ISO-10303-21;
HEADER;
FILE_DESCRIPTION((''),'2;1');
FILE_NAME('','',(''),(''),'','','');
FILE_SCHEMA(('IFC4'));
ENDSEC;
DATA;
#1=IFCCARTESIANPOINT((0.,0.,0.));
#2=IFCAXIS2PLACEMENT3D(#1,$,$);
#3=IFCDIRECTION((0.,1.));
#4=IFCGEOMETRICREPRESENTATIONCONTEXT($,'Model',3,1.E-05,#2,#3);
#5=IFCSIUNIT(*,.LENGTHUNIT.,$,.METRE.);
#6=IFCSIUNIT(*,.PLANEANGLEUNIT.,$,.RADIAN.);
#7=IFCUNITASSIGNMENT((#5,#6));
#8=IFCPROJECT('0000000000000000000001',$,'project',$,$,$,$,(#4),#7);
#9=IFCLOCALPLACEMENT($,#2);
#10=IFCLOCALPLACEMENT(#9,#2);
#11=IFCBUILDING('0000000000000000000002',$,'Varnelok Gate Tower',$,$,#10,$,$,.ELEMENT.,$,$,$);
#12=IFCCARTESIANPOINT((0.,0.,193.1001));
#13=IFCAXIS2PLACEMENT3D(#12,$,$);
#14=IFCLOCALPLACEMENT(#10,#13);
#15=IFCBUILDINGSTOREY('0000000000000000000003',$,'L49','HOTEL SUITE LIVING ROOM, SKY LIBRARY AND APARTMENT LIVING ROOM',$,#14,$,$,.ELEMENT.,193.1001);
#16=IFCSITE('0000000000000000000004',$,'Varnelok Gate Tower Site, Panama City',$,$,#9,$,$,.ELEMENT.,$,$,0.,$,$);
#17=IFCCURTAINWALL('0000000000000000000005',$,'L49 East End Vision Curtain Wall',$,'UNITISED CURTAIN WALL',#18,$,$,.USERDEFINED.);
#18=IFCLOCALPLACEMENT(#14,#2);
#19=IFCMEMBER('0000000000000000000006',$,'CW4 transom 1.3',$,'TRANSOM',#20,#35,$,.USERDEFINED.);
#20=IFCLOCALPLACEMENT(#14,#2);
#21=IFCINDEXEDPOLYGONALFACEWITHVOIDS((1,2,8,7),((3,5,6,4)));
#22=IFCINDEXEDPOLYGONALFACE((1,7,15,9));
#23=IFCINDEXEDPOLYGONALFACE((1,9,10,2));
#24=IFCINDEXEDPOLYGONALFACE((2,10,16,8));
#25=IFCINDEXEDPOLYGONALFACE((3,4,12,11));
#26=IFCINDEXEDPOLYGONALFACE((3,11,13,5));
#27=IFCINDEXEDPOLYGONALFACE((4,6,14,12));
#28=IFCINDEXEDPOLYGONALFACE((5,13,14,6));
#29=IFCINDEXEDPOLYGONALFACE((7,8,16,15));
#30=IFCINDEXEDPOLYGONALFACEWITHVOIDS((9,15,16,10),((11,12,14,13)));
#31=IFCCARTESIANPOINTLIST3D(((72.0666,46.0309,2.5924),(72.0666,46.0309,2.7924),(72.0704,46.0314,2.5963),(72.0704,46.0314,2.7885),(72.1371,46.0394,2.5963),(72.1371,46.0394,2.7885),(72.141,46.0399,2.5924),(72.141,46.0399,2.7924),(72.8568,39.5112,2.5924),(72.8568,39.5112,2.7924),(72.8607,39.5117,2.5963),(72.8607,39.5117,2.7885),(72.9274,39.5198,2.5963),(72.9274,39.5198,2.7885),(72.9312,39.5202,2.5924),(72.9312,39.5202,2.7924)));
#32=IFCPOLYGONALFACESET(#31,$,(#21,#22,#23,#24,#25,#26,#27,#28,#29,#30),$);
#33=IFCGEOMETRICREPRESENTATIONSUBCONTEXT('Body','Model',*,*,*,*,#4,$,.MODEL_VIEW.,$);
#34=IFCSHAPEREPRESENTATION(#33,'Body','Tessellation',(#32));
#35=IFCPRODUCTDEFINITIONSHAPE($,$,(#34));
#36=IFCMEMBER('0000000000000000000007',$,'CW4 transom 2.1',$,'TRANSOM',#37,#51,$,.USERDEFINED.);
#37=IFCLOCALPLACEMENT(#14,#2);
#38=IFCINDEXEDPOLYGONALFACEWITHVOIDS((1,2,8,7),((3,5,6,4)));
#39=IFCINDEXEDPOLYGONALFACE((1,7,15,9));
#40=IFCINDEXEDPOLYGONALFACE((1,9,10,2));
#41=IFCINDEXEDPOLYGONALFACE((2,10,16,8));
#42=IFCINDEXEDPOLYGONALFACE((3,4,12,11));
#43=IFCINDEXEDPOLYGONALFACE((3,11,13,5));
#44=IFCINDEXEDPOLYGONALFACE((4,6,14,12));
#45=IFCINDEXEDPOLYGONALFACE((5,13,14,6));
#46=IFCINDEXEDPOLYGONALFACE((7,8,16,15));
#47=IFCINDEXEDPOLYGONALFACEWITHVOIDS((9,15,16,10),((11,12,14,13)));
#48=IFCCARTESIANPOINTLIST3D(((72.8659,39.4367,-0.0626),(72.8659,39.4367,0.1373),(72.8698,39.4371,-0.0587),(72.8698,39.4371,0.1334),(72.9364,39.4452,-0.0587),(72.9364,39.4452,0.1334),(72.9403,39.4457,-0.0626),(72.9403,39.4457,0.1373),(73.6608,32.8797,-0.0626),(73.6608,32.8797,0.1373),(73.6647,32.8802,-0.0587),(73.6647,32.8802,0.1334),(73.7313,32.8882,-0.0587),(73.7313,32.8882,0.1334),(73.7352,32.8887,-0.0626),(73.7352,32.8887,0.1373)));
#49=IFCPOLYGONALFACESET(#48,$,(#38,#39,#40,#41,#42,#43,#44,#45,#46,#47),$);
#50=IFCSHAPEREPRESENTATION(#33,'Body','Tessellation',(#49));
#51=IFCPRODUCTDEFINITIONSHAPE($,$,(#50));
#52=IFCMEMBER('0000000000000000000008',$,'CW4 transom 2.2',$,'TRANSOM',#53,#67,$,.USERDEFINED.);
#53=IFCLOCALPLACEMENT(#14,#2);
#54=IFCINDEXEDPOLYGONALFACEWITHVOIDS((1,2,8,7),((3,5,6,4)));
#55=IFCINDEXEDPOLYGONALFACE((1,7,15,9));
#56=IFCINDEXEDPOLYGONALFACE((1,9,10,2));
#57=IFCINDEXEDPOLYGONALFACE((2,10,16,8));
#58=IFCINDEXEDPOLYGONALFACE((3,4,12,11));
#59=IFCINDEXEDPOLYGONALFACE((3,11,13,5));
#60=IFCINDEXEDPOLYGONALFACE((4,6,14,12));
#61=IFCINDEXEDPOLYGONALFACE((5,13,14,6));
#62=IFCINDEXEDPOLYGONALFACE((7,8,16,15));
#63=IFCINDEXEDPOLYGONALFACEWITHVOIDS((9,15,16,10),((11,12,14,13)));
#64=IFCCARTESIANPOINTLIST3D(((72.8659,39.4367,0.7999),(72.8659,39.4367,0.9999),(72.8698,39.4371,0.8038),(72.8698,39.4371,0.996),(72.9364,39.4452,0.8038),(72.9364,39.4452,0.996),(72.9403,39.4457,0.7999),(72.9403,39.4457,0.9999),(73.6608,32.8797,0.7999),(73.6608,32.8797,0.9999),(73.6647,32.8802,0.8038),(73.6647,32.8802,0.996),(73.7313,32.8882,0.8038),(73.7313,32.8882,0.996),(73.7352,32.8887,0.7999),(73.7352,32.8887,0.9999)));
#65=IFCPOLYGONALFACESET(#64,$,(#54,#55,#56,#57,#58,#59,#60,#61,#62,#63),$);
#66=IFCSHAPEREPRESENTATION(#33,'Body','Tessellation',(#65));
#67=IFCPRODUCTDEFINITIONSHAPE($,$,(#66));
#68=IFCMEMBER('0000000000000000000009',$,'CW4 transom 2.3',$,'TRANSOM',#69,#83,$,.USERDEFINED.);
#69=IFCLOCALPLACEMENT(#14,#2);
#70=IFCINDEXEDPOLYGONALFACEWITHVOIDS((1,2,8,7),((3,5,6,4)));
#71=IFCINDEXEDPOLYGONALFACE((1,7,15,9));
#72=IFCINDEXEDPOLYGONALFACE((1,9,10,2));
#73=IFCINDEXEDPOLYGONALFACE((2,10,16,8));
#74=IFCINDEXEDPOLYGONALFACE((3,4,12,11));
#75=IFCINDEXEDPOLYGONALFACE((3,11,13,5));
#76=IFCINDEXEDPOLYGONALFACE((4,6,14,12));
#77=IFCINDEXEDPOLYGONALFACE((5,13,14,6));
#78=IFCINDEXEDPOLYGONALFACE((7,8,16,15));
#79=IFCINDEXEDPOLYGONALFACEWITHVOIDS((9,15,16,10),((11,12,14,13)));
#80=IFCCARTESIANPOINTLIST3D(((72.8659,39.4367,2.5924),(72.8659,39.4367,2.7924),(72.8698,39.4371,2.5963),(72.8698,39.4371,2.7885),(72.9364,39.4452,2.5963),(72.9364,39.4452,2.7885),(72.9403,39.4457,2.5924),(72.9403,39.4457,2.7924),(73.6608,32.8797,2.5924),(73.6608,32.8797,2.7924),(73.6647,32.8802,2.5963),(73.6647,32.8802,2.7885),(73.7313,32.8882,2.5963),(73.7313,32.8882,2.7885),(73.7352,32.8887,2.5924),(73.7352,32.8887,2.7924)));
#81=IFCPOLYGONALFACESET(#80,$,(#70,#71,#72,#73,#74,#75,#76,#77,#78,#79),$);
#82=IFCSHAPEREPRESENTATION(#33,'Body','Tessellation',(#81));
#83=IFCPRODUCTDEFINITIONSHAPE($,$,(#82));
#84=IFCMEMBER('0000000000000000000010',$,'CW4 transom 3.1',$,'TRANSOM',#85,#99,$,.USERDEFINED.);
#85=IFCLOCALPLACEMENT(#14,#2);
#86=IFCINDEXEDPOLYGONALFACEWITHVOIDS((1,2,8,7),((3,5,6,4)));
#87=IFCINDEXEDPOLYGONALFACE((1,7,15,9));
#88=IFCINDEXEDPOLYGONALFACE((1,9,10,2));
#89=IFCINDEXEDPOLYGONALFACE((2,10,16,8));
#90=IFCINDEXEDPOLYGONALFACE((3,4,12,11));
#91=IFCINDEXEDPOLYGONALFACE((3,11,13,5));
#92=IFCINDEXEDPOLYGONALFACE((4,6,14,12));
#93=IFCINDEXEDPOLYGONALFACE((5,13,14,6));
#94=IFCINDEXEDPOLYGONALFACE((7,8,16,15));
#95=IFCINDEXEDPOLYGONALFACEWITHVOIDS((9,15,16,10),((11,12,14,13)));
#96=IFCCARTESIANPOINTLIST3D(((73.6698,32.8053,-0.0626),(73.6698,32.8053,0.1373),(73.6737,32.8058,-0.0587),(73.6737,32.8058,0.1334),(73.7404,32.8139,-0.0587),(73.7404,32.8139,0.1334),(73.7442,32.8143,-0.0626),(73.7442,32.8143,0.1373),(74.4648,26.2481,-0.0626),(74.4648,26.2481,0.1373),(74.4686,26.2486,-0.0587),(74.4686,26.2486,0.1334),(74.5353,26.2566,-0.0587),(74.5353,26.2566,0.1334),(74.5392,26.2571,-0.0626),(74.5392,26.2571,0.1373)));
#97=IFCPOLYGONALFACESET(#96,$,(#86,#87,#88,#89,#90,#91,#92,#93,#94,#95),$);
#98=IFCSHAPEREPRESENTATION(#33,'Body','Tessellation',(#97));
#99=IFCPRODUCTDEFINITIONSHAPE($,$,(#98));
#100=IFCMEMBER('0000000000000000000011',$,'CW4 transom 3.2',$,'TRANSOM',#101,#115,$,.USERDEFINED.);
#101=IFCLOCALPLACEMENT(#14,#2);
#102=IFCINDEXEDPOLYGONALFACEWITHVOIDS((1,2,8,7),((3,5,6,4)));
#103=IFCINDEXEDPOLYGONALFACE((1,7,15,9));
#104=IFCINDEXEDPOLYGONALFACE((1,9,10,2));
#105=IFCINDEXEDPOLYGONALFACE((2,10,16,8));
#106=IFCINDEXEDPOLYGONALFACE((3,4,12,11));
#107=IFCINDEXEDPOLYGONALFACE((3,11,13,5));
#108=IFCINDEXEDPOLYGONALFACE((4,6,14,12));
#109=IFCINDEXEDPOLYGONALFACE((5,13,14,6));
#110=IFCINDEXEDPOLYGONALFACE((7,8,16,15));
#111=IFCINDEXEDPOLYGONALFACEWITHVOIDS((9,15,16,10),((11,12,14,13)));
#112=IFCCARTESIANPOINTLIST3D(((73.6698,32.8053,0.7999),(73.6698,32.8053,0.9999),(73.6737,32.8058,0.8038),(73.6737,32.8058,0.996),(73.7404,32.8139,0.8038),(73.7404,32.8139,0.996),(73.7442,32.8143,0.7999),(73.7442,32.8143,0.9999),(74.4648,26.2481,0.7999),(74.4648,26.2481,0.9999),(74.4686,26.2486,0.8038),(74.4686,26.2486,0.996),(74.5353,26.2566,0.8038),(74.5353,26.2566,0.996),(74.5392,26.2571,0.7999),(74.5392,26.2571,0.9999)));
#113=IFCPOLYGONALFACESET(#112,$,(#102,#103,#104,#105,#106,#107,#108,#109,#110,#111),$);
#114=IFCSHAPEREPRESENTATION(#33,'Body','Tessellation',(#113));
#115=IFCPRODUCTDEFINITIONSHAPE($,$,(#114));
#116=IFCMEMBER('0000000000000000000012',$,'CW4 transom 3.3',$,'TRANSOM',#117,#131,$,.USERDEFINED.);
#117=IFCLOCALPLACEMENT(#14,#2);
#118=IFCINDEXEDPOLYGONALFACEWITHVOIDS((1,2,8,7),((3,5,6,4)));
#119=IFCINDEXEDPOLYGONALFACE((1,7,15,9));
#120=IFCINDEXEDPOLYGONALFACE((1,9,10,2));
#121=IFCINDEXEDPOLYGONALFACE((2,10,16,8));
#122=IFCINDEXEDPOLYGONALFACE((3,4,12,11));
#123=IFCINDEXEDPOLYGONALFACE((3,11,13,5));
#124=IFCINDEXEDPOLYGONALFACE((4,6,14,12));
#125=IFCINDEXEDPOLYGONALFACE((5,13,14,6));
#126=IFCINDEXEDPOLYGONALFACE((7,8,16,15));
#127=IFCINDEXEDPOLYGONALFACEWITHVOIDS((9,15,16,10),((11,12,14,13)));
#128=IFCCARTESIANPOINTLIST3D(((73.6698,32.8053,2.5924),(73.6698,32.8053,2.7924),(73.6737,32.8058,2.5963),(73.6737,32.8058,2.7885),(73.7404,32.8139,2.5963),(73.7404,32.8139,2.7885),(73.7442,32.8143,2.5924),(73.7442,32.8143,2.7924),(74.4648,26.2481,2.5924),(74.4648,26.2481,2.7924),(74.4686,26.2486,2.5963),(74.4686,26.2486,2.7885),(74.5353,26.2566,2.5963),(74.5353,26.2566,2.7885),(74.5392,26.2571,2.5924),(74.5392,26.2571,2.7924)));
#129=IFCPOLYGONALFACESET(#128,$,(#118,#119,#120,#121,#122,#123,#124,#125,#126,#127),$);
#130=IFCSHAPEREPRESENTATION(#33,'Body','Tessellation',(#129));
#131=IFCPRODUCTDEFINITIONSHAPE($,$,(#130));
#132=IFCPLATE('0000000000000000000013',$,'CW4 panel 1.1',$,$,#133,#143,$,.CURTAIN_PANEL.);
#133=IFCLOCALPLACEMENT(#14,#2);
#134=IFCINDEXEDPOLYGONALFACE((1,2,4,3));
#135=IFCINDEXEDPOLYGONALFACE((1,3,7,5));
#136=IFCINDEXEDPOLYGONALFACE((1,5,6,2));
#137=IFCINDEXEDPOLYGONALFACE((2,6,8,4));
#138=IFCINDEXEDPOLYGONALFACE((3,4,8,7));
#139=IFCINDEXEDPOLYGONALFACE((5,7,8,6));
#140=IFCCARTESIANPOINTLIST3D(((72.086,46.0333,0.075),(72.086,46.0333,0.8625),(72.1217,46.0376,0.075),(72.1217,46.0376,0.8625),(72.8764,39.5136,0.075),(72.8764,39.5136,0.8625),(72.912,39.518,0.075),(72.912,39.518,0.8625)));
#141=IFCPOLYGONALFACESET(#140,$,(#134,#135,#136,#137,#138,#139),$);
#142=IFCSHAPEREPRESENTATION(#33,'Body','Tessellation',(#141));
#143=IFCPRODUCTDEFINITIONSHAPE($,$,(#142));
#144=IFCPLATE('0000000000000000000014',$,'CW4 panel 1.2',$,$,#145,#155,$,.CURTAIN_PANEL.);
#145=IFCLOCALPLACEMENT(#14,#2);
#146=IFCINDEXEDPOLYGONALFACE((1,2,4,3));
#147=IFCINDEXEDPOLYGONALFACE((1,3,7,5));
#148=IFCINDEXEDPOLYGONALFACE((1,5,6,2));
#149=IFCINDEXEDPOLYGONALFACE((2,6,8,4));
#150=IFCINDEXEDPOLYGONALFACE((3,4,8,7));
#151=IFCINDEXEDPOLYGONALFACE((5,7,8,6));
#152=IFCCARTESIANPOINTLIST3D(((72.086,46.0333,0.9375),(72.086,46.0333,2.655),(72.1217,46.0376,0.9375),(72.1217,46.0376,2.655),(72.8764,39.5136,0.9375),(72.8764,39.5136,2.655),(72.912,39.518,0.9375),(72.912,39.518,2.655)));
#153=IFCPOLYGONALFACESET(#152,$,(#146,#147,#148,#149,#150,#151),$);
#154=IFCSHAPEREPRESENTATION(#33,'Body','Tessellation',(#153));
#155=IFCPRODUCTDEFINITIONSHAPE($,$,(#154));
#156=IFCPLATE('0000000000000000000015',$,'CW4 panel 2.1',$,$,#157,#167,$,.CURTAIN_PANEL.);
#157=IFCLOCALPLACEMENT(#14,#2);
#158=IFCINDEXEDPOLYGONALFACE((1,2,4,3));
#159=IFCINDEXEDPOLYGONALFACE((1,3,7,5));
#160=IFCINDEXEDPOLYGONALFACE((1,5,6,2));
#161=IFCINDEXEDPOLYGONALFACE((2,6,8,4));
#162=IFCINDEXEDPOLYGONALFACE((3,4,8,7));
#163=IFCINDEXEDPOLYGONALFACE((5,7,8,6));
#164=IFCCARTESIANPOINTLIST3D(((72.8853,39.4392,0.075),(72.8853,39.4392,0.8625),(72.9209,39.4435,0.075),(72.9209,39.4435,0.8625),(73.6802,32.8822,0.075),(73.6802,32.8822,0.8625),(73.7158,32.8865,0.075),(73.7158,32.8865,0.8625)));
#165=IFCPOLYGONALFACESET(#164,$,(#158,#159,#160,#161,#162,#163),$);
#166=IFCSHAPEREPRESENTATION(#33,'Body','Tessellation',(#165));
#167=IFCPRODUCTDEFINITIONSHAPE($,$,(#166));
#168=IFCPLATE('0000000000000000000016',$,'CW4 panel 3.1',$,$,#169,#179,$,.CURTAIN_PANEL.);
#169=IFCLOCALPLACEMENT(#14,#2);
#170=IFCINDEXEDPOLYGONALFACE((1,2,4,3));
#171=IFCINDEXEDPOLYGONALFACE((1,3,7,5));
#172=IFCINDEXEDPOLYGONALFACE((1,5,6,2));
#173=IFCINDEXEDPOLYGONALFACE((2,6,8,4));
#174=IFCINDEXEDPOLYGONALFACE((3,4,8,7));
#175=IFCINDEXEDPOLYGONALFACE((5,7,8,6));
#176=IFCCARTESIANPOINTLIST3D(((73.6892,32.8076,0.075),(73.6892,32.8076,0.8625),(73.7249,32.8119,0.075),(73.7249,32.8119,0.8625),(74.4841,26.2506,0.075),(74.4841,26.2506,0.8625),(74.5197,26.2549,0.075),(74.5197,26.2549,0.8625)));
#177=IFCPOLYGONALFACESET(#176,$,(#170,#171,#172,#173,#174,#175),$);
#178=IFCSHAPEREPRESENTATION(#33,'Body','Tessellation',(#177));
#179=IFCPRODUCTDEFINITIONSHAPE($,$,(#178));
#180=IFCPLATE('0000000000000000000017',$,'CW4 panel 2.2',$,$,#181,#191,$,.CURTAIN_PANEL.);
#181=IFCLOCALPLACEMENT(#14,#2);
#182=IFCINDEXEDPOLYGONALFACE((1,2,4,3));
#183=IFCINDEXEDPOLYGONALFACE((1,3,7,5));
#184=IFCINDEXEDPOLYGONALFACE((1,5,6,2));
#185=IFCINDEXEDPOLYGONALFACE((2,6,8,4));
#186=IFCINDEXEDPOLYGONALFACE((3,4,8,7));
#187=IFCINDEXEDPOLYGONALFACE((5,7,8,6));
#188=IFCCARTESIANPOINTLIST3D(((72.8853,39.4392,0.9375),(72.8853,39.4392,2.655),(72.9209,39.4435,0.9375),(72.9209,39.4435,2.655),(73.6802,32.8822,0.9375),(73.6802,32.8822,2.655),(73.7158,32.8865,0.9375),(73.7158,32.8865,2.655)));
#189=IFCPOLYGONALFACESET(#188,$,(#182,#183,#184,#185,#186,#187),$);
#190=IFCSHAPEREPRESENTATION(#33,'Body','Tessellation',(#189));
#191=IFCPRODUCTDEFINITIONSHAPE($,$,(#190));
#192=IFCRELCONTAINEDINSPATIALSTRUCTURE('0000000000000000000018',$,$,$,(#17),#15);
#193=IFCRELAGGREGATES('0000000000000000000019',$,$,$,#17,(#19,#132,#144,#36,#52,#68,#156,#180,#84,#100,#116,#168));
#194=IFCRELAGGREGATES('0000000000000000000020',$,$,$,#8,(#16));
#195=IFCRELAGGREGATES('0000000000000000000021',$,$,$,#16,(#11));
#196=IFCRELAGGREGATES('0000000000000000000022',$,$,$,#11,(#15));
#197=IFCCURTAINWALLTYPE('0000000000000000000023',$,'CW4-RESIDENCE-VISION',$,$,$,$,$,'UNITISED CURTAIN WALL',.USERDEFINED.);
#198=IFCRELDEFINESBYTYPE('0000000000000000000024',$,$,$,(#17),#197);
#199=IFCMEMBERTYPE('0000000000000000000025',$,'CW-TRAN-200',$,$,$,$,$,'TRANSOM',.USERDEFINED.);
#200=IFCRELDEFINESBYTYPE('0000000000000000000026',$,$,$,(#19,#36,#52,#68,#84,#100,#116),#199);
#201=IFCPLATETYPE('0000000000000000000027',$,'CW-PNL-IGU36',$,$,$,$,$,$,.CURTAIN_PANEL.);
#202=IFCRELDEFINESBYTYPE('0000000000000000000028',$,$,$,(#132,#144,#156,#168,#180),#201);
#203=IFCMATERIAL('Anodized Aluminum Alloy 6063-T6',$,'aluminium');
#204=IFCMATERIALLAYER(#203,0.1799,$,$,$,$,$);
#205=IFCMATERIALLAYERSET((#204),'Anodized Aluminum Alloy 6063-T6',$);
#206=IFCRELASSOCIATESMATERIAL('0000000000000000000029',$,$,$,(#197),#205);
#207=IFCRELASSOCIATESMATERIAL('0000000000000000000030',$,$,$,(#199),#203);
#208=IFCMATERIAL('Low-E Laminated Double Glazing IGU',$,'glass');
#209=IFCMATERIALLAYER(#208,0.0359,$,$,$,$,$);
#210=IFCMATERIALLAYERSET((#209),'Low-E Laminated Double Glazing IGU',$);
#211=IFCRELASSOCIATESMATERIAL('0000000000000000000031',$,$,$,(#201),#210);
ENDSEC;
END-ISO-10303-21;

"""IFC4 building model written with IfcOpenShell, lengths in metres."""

from ifc_helpers import new_model, si_unit, direction, frame, origin, origin_2d, place, context, subcontext, project, spatial, rectangle, hollow_rectangle, extrude, source, transform, mapped, material, layer, layer_set, material_profile, profile_set, type_object, element, aggregate, save


model = new_model("IFC4")

# Units and contexts
model_context = context("Model", 3, precision=1e-05, world=origin(), true_north=direction((0.0, 1.0)))
body_context = subcontext(model_context, "Body", "Model", "MODEL_VIEW")
ifc_project = project(units=[si_unit("LENGTHUNIT", "METRE"), si_unit("PLANEANGLEUNIT", "RADIAN")], contexts=[model_context])

# Site, building, storey
site_placement = place(None, origin())
site = spatial("IfcSite", under=ifc_project, at=site_placement, Name="Varnelok Gate Tower Site, Panama City", CompositionType="ELEMENT", RefElevation=0.0)
building_placement = place(site_placement, origin())
building = spatial("IfcBuilding", under=site, at=building_placement, Name="Varnelok Gate Tower", CompositionType="ELEMENT")
storey_placement = place(building_placement, frame((0.0, 0.0, 193.1001)))
storey = spatial("IfcBuildingStorey", under=building, at=storey_placement, Name="L49", Description="HOTEL SUITE LIVING ROOM, SKY LIBRARY AND APARTMENT LIVING ROOM", CompositionType="ELEMENT", Elevation=193.1001)

# Curtain wall, members, plates
ifc_material_1 = material(Name="Anodized Aluminum Alloy 6063-T6", Category="aluminium")
ifc_layer_1 = layer(ifc_material_1, 0.1799)
ifc_layer_set_1 = layer_set([ifc_layer_1], Name="Anodized Aluminum Alloy 6063-T6")
curtain_wall_type = type_object("IfcCurtainWallType", Name="CW4-RESIDENCE-VISION", ElementType="UNITISED CURTAIN WALL", PredefinedType="USERDEFINED", material=ifc_layer_set_1)
curtain_wall_placement = place(storey_placement, origin())
curtain_wall = element("IfcCurtainWall", 1, at=curtain_wall_placement, inside=storey, type_object=curtain_wall_type, Name="L49 East End Vision Curtain Wall", ObjectType="UNITISED CURTAIN WALL", PredefinedType="USERDEFINED")
ifc_material_profile_1 = material_profile(ifc_material_1, hollow_rectangle(XDim=0.075, YDim=0.2, WallThickness=0.0039, at=origin_2d()), Name="ALU200X75X4")
ifc_profile_set_1 = profile_set([ifc_material_profile_1], Name="Anodized Aluminum Alloy 6063-T6")
member_type_1 = type_object("IfcMemberType", Name="CW-TRAN-200", ElementType="TRANSOM", PredefinedType="USERDEFINED", material=ifc_profile_set_1)
member_1_placement = place(storey_placement, frame((72.1038, 46.0354, 2.6924), z_axis=(0.120332, -0.992734, 0.0), x_axis=(0.992734, 0.120332, 0.0)))
member_1 = element("IfcMember", 2, at=member_1_placement, type_object=member_type_1, Name="CW4 transom 1.3", ObjectType="TRANSOM", PredefinedType="USERDEFINED", context=body_context, shape_type="SweptSolid", body=[
    extrude(hollow_rectangle(XDim=0.075, YDim=0.2, WallThickness=0.0039, at=origin_2d()), origin(), (0.0, 0.0, 1.0), 6.5674),
])
member_2_placement = place(storey_placement, frame((72.9031, 39.4412, 0.0374), z_axis=(0.120353, -0.992731, 0.0), x_axis=(0.992731, 0.120353, 0.0)))
member_2 = element("IfcMember", 3, at=member_2_placement, type_object=member_type_1, Name="CW4 transom 2.1", ObjectType="TRANSOM", PredefinedType="USERDEFINED", context=body_context, shape_type="SweptSolid", body=[
    extrude(hollow_rectangle(XDim=0.075, YDim=0.2, WallThickness=0.0039, at=origin_2d()), origin(), (0.0, 0.0, 1.0), 6.605),
])
member_3_placement = place(storey_placement, frame((72.9031, 39.4412, 0.8999), z_axis=(0.120353, -0.992731, 0.0), x_axis=(0.992731, 0.120353, 0.0)))
member_3 = element("IfcMember", 4, at=member_3_placement, type_object=member_type_1, Name="CW4 transom 2.2", ObjectType="TRANSOM", PredefinedType="USERDEFINED", context=body_context, shape_type="SweptSolid", body=[
    extrude(hollow_rectangle(XDim=0.075, YDim=0.2, WallThickness=0.0039, at=origin_2d()), origin(), (0.0, 0.0, 1.0), 6.605),
])
member_4_placement = place(storey_placement, frame((72.9031, 39.4412, 2.6924), z_axis=(0.120353, -0.992731, 0.0), x_axis=(0.992731, 0.120353, 0.0)))
member_4 = element("IfcMember", 5, at=member_4_placement, type_object=member_type_1, Name="CW4 transom 2.3", ObjectType="TRANSOM", PredefinedType="USERDEFINED", context=body_context, shape_type="SweptSolid", body=[
    extrude(hollow_rectangle(XDim=0.075, YDim=0.2, WallThickness=0.0039, at=origin_2d()), origin(), (0.0, 0.0, 1.0), 6.605),
])
member_5_placement = place(storey_placement, frame((73.707, 32.8098, 0.0374), z_axis=(0.120349, -0.992732, 0.0), x_axis=(0.992732, 0.120349, 0.0)))
member_5 = element("IfcMember", 6, at=member_5_placement, type_object=member_type_1, Name="CW4 transom 3.1", ObjectType="TRANSOM", PredefinedType="USERDEFINED", context=body_context, shape_type="SweptSolid", body=[
    extrude(hollow_rectangle(XDim=0.075, YDim=0.2, WallThickness=0.0039, at=origin_2d()), origin(), (0.0, 0.0, 1.0), 6.6052),
])
member_6_placement = place(storey_placement, frame((73.707, 32.8098, 0.8999), z_axis=(0.120349, -0.992732, 0.0), x_axis=(0.992732, 0.120349, 0.0)))
member_6 = element("IfcMember", 7, at=member_6_placement, type_object=member_type_1, Name="CW4 transom 3.2", ObjectType="TRANSOM", PredefinedType="USERDEFINED", context=body_context, shape_type="SweptSolid", body=[
    extrude(hollow_rectangle(XDim=0.075, YDim=0.2, WallThickness=0.0039, at=origin_2d()), origin(), (0.0, 0.0, 1.0), 6.6052),
])
member_7_placement = place(storey_placement, frame((73.707, 32.8098, 2.6924), z_axis=(0.120349, -0.992732, 0.0), x_axis=(0.992732, 0.120349, 0.0)))
member_7 = element("IfcMember", 8, at=member_7_placement, type_object=member_type_1, Name="CW4 transom 3.3", ObjectType="TRANSOM", PredefinedType="USERDEFINED", context=body_context, shape_type="SweptSolid", body=[
    extrude(hollow_rectangle(XDim=0.075, YDim=0.2, WallThickness=0.0039, at=origin_2d()), origin(), (0.0, 0.0, 1.0), 6.6052),
])
ifc_material_2 = material(Name="Low-E Laminated Double Glazing IGU", Category="glass")
ifc_layer_2 = layer(ifc_material_2, 0.0359)
ifc_layer_set_2 = layer_set([ifc_layer_2], Name="Low-E Laminated Double Glazing IGU")
plate_type = type_object("IfcPlateType", Name="CW-PNL-IGU36", PredefinedType="CURTAIN_PANEL", material=ifc_layer_set_2)
shared_shape_1 = source(origin(), body_context, "Body", "SweptSolid", [
    extrude(rectangle(XDim=6.5674, YDim=0.0359, at=origin_2d()), origin(), (0.0, 0.0, 1.0), 0.7876),
])
plate_1_placement = place(storey_placement, frame((72.499, 42.7756, 0.075), z_axis=(0.0, 0.0, 1.0), x_axis=(0.120345, -0.992732, 0.0)))
plate_1 = element("IfcPlate", 9, at=plate_1_placement, type_object=plate_type, Name="CW4 panel 1.1", PredefinedType="CURTAIN_PANEL", context=body_context, shape_type="MappedRepresentation", body=[
    mapped(shared_shape_1, transform((0.0, 0.0, 0.0), scale=1.0)),
])
shared_shape_2 = source(origin(), body_context, "Body", "SweptSolid", [
    extrude(rectangle(XDim=6.5674, YDim=0.0359, at=origin_2d()), origin(), (0.0, 0.0, 1.0), 1.7175),
])
plate_2_placement = place(storey_placement, frame((72.499, 42.7756, 0.9375), z_axis=(0.0, 0.0, 1.0), x_axis=(0.120345, -0.992732, 0.0)))
plate_2 = element("IfcPlate", 10, at=plate_2_placement, type_object=plate_type, Name="CW4 panel 1.2", PredefinedType="CURTAIN_PANEL", context=body_context, shape_type="MappedRepresentation", body=[
    mapped(shared_shape_2, transform((0.0, 0.0, 0.0), scale=1.0)),
])
shared_shape_3 = source(origin(), body_context, "Body", "SweptSolid", [
    extrude(rectangle(XDim=6.605, YDim=0.0359, at=origin_2d()), origin(), (0.0, 0.0, 1.0), 0.7876),
])
plate_3_placement = place(storey_placement, frame((73.3005, 36.1628, 0.075), z_axis=(0.0, 0.0, 1.0), x_axis=(0.120345, -0.992732, 0.0)))
plate_3 = element("IfcPlate", 11, at=plate_3_placement, type_object=plate_type, Name="CW4 panel 2.1", PredefinedType="CURTAIN_PANEL", context=body_context, shape_type="MappedRepresentation", body=[
    mapped(shared_shape_3, transform((0.0, 0.0, 0.0), scale=1.0)),
])
plate_4_placement = place(storey_placement, frame((74.1045, 29.5312, 0.075), z_axis=(0.0, 0.0, 1.0), x_axis=(0.120345, -0.992732, 0.0)))
plate_4 = element("IfcPlate", 12, at=plate_4_placement, type_object=plate_type, Name="CW4 panel 3.1", PredefinedType="CURTAIN_PANEL", context=body_context, shape_type="MappedRepresentation", body=[
    mapped(shared_shape_3, transform((0.0, 0.0, 0.0), scale=1.0)),
])
shared_shape_4 = source(origin(), body_context, "Body", "SweptSolid", [
    extrude(rectangle(XDim=6.605, YDim=0.0359, at=origin_2d()), origin(), (0.0, 0.0, 1.0), 1.7175),
])
plate_5_placement = place(storey_placement, frame((73.3005, 36.1628, 0.9375), z_axis=(0.0, 0.0, 1.0), x_axis=(0.120345, -0.992732, 0.0)))
plate_5 = element("IfcPlate", 13, at=plate_5_placement, type_object=plate_type, Name="CW4 panel 2.2", PredefinedType="CURTAIN_PANEL", context=body_context, shape_type="MappedRepresentation", body=[
    mapped(shared_shape_4, transform((0.0, 0.0, 0.0), scale=1.0)),
])
aggregate(curtain_wall, [member_1, plate_1, plate_2, member_2, member_3, member_4, plate_3, plate_5, member_5, member_6, member_7, plate_4])

save(model, "model.ifc")
